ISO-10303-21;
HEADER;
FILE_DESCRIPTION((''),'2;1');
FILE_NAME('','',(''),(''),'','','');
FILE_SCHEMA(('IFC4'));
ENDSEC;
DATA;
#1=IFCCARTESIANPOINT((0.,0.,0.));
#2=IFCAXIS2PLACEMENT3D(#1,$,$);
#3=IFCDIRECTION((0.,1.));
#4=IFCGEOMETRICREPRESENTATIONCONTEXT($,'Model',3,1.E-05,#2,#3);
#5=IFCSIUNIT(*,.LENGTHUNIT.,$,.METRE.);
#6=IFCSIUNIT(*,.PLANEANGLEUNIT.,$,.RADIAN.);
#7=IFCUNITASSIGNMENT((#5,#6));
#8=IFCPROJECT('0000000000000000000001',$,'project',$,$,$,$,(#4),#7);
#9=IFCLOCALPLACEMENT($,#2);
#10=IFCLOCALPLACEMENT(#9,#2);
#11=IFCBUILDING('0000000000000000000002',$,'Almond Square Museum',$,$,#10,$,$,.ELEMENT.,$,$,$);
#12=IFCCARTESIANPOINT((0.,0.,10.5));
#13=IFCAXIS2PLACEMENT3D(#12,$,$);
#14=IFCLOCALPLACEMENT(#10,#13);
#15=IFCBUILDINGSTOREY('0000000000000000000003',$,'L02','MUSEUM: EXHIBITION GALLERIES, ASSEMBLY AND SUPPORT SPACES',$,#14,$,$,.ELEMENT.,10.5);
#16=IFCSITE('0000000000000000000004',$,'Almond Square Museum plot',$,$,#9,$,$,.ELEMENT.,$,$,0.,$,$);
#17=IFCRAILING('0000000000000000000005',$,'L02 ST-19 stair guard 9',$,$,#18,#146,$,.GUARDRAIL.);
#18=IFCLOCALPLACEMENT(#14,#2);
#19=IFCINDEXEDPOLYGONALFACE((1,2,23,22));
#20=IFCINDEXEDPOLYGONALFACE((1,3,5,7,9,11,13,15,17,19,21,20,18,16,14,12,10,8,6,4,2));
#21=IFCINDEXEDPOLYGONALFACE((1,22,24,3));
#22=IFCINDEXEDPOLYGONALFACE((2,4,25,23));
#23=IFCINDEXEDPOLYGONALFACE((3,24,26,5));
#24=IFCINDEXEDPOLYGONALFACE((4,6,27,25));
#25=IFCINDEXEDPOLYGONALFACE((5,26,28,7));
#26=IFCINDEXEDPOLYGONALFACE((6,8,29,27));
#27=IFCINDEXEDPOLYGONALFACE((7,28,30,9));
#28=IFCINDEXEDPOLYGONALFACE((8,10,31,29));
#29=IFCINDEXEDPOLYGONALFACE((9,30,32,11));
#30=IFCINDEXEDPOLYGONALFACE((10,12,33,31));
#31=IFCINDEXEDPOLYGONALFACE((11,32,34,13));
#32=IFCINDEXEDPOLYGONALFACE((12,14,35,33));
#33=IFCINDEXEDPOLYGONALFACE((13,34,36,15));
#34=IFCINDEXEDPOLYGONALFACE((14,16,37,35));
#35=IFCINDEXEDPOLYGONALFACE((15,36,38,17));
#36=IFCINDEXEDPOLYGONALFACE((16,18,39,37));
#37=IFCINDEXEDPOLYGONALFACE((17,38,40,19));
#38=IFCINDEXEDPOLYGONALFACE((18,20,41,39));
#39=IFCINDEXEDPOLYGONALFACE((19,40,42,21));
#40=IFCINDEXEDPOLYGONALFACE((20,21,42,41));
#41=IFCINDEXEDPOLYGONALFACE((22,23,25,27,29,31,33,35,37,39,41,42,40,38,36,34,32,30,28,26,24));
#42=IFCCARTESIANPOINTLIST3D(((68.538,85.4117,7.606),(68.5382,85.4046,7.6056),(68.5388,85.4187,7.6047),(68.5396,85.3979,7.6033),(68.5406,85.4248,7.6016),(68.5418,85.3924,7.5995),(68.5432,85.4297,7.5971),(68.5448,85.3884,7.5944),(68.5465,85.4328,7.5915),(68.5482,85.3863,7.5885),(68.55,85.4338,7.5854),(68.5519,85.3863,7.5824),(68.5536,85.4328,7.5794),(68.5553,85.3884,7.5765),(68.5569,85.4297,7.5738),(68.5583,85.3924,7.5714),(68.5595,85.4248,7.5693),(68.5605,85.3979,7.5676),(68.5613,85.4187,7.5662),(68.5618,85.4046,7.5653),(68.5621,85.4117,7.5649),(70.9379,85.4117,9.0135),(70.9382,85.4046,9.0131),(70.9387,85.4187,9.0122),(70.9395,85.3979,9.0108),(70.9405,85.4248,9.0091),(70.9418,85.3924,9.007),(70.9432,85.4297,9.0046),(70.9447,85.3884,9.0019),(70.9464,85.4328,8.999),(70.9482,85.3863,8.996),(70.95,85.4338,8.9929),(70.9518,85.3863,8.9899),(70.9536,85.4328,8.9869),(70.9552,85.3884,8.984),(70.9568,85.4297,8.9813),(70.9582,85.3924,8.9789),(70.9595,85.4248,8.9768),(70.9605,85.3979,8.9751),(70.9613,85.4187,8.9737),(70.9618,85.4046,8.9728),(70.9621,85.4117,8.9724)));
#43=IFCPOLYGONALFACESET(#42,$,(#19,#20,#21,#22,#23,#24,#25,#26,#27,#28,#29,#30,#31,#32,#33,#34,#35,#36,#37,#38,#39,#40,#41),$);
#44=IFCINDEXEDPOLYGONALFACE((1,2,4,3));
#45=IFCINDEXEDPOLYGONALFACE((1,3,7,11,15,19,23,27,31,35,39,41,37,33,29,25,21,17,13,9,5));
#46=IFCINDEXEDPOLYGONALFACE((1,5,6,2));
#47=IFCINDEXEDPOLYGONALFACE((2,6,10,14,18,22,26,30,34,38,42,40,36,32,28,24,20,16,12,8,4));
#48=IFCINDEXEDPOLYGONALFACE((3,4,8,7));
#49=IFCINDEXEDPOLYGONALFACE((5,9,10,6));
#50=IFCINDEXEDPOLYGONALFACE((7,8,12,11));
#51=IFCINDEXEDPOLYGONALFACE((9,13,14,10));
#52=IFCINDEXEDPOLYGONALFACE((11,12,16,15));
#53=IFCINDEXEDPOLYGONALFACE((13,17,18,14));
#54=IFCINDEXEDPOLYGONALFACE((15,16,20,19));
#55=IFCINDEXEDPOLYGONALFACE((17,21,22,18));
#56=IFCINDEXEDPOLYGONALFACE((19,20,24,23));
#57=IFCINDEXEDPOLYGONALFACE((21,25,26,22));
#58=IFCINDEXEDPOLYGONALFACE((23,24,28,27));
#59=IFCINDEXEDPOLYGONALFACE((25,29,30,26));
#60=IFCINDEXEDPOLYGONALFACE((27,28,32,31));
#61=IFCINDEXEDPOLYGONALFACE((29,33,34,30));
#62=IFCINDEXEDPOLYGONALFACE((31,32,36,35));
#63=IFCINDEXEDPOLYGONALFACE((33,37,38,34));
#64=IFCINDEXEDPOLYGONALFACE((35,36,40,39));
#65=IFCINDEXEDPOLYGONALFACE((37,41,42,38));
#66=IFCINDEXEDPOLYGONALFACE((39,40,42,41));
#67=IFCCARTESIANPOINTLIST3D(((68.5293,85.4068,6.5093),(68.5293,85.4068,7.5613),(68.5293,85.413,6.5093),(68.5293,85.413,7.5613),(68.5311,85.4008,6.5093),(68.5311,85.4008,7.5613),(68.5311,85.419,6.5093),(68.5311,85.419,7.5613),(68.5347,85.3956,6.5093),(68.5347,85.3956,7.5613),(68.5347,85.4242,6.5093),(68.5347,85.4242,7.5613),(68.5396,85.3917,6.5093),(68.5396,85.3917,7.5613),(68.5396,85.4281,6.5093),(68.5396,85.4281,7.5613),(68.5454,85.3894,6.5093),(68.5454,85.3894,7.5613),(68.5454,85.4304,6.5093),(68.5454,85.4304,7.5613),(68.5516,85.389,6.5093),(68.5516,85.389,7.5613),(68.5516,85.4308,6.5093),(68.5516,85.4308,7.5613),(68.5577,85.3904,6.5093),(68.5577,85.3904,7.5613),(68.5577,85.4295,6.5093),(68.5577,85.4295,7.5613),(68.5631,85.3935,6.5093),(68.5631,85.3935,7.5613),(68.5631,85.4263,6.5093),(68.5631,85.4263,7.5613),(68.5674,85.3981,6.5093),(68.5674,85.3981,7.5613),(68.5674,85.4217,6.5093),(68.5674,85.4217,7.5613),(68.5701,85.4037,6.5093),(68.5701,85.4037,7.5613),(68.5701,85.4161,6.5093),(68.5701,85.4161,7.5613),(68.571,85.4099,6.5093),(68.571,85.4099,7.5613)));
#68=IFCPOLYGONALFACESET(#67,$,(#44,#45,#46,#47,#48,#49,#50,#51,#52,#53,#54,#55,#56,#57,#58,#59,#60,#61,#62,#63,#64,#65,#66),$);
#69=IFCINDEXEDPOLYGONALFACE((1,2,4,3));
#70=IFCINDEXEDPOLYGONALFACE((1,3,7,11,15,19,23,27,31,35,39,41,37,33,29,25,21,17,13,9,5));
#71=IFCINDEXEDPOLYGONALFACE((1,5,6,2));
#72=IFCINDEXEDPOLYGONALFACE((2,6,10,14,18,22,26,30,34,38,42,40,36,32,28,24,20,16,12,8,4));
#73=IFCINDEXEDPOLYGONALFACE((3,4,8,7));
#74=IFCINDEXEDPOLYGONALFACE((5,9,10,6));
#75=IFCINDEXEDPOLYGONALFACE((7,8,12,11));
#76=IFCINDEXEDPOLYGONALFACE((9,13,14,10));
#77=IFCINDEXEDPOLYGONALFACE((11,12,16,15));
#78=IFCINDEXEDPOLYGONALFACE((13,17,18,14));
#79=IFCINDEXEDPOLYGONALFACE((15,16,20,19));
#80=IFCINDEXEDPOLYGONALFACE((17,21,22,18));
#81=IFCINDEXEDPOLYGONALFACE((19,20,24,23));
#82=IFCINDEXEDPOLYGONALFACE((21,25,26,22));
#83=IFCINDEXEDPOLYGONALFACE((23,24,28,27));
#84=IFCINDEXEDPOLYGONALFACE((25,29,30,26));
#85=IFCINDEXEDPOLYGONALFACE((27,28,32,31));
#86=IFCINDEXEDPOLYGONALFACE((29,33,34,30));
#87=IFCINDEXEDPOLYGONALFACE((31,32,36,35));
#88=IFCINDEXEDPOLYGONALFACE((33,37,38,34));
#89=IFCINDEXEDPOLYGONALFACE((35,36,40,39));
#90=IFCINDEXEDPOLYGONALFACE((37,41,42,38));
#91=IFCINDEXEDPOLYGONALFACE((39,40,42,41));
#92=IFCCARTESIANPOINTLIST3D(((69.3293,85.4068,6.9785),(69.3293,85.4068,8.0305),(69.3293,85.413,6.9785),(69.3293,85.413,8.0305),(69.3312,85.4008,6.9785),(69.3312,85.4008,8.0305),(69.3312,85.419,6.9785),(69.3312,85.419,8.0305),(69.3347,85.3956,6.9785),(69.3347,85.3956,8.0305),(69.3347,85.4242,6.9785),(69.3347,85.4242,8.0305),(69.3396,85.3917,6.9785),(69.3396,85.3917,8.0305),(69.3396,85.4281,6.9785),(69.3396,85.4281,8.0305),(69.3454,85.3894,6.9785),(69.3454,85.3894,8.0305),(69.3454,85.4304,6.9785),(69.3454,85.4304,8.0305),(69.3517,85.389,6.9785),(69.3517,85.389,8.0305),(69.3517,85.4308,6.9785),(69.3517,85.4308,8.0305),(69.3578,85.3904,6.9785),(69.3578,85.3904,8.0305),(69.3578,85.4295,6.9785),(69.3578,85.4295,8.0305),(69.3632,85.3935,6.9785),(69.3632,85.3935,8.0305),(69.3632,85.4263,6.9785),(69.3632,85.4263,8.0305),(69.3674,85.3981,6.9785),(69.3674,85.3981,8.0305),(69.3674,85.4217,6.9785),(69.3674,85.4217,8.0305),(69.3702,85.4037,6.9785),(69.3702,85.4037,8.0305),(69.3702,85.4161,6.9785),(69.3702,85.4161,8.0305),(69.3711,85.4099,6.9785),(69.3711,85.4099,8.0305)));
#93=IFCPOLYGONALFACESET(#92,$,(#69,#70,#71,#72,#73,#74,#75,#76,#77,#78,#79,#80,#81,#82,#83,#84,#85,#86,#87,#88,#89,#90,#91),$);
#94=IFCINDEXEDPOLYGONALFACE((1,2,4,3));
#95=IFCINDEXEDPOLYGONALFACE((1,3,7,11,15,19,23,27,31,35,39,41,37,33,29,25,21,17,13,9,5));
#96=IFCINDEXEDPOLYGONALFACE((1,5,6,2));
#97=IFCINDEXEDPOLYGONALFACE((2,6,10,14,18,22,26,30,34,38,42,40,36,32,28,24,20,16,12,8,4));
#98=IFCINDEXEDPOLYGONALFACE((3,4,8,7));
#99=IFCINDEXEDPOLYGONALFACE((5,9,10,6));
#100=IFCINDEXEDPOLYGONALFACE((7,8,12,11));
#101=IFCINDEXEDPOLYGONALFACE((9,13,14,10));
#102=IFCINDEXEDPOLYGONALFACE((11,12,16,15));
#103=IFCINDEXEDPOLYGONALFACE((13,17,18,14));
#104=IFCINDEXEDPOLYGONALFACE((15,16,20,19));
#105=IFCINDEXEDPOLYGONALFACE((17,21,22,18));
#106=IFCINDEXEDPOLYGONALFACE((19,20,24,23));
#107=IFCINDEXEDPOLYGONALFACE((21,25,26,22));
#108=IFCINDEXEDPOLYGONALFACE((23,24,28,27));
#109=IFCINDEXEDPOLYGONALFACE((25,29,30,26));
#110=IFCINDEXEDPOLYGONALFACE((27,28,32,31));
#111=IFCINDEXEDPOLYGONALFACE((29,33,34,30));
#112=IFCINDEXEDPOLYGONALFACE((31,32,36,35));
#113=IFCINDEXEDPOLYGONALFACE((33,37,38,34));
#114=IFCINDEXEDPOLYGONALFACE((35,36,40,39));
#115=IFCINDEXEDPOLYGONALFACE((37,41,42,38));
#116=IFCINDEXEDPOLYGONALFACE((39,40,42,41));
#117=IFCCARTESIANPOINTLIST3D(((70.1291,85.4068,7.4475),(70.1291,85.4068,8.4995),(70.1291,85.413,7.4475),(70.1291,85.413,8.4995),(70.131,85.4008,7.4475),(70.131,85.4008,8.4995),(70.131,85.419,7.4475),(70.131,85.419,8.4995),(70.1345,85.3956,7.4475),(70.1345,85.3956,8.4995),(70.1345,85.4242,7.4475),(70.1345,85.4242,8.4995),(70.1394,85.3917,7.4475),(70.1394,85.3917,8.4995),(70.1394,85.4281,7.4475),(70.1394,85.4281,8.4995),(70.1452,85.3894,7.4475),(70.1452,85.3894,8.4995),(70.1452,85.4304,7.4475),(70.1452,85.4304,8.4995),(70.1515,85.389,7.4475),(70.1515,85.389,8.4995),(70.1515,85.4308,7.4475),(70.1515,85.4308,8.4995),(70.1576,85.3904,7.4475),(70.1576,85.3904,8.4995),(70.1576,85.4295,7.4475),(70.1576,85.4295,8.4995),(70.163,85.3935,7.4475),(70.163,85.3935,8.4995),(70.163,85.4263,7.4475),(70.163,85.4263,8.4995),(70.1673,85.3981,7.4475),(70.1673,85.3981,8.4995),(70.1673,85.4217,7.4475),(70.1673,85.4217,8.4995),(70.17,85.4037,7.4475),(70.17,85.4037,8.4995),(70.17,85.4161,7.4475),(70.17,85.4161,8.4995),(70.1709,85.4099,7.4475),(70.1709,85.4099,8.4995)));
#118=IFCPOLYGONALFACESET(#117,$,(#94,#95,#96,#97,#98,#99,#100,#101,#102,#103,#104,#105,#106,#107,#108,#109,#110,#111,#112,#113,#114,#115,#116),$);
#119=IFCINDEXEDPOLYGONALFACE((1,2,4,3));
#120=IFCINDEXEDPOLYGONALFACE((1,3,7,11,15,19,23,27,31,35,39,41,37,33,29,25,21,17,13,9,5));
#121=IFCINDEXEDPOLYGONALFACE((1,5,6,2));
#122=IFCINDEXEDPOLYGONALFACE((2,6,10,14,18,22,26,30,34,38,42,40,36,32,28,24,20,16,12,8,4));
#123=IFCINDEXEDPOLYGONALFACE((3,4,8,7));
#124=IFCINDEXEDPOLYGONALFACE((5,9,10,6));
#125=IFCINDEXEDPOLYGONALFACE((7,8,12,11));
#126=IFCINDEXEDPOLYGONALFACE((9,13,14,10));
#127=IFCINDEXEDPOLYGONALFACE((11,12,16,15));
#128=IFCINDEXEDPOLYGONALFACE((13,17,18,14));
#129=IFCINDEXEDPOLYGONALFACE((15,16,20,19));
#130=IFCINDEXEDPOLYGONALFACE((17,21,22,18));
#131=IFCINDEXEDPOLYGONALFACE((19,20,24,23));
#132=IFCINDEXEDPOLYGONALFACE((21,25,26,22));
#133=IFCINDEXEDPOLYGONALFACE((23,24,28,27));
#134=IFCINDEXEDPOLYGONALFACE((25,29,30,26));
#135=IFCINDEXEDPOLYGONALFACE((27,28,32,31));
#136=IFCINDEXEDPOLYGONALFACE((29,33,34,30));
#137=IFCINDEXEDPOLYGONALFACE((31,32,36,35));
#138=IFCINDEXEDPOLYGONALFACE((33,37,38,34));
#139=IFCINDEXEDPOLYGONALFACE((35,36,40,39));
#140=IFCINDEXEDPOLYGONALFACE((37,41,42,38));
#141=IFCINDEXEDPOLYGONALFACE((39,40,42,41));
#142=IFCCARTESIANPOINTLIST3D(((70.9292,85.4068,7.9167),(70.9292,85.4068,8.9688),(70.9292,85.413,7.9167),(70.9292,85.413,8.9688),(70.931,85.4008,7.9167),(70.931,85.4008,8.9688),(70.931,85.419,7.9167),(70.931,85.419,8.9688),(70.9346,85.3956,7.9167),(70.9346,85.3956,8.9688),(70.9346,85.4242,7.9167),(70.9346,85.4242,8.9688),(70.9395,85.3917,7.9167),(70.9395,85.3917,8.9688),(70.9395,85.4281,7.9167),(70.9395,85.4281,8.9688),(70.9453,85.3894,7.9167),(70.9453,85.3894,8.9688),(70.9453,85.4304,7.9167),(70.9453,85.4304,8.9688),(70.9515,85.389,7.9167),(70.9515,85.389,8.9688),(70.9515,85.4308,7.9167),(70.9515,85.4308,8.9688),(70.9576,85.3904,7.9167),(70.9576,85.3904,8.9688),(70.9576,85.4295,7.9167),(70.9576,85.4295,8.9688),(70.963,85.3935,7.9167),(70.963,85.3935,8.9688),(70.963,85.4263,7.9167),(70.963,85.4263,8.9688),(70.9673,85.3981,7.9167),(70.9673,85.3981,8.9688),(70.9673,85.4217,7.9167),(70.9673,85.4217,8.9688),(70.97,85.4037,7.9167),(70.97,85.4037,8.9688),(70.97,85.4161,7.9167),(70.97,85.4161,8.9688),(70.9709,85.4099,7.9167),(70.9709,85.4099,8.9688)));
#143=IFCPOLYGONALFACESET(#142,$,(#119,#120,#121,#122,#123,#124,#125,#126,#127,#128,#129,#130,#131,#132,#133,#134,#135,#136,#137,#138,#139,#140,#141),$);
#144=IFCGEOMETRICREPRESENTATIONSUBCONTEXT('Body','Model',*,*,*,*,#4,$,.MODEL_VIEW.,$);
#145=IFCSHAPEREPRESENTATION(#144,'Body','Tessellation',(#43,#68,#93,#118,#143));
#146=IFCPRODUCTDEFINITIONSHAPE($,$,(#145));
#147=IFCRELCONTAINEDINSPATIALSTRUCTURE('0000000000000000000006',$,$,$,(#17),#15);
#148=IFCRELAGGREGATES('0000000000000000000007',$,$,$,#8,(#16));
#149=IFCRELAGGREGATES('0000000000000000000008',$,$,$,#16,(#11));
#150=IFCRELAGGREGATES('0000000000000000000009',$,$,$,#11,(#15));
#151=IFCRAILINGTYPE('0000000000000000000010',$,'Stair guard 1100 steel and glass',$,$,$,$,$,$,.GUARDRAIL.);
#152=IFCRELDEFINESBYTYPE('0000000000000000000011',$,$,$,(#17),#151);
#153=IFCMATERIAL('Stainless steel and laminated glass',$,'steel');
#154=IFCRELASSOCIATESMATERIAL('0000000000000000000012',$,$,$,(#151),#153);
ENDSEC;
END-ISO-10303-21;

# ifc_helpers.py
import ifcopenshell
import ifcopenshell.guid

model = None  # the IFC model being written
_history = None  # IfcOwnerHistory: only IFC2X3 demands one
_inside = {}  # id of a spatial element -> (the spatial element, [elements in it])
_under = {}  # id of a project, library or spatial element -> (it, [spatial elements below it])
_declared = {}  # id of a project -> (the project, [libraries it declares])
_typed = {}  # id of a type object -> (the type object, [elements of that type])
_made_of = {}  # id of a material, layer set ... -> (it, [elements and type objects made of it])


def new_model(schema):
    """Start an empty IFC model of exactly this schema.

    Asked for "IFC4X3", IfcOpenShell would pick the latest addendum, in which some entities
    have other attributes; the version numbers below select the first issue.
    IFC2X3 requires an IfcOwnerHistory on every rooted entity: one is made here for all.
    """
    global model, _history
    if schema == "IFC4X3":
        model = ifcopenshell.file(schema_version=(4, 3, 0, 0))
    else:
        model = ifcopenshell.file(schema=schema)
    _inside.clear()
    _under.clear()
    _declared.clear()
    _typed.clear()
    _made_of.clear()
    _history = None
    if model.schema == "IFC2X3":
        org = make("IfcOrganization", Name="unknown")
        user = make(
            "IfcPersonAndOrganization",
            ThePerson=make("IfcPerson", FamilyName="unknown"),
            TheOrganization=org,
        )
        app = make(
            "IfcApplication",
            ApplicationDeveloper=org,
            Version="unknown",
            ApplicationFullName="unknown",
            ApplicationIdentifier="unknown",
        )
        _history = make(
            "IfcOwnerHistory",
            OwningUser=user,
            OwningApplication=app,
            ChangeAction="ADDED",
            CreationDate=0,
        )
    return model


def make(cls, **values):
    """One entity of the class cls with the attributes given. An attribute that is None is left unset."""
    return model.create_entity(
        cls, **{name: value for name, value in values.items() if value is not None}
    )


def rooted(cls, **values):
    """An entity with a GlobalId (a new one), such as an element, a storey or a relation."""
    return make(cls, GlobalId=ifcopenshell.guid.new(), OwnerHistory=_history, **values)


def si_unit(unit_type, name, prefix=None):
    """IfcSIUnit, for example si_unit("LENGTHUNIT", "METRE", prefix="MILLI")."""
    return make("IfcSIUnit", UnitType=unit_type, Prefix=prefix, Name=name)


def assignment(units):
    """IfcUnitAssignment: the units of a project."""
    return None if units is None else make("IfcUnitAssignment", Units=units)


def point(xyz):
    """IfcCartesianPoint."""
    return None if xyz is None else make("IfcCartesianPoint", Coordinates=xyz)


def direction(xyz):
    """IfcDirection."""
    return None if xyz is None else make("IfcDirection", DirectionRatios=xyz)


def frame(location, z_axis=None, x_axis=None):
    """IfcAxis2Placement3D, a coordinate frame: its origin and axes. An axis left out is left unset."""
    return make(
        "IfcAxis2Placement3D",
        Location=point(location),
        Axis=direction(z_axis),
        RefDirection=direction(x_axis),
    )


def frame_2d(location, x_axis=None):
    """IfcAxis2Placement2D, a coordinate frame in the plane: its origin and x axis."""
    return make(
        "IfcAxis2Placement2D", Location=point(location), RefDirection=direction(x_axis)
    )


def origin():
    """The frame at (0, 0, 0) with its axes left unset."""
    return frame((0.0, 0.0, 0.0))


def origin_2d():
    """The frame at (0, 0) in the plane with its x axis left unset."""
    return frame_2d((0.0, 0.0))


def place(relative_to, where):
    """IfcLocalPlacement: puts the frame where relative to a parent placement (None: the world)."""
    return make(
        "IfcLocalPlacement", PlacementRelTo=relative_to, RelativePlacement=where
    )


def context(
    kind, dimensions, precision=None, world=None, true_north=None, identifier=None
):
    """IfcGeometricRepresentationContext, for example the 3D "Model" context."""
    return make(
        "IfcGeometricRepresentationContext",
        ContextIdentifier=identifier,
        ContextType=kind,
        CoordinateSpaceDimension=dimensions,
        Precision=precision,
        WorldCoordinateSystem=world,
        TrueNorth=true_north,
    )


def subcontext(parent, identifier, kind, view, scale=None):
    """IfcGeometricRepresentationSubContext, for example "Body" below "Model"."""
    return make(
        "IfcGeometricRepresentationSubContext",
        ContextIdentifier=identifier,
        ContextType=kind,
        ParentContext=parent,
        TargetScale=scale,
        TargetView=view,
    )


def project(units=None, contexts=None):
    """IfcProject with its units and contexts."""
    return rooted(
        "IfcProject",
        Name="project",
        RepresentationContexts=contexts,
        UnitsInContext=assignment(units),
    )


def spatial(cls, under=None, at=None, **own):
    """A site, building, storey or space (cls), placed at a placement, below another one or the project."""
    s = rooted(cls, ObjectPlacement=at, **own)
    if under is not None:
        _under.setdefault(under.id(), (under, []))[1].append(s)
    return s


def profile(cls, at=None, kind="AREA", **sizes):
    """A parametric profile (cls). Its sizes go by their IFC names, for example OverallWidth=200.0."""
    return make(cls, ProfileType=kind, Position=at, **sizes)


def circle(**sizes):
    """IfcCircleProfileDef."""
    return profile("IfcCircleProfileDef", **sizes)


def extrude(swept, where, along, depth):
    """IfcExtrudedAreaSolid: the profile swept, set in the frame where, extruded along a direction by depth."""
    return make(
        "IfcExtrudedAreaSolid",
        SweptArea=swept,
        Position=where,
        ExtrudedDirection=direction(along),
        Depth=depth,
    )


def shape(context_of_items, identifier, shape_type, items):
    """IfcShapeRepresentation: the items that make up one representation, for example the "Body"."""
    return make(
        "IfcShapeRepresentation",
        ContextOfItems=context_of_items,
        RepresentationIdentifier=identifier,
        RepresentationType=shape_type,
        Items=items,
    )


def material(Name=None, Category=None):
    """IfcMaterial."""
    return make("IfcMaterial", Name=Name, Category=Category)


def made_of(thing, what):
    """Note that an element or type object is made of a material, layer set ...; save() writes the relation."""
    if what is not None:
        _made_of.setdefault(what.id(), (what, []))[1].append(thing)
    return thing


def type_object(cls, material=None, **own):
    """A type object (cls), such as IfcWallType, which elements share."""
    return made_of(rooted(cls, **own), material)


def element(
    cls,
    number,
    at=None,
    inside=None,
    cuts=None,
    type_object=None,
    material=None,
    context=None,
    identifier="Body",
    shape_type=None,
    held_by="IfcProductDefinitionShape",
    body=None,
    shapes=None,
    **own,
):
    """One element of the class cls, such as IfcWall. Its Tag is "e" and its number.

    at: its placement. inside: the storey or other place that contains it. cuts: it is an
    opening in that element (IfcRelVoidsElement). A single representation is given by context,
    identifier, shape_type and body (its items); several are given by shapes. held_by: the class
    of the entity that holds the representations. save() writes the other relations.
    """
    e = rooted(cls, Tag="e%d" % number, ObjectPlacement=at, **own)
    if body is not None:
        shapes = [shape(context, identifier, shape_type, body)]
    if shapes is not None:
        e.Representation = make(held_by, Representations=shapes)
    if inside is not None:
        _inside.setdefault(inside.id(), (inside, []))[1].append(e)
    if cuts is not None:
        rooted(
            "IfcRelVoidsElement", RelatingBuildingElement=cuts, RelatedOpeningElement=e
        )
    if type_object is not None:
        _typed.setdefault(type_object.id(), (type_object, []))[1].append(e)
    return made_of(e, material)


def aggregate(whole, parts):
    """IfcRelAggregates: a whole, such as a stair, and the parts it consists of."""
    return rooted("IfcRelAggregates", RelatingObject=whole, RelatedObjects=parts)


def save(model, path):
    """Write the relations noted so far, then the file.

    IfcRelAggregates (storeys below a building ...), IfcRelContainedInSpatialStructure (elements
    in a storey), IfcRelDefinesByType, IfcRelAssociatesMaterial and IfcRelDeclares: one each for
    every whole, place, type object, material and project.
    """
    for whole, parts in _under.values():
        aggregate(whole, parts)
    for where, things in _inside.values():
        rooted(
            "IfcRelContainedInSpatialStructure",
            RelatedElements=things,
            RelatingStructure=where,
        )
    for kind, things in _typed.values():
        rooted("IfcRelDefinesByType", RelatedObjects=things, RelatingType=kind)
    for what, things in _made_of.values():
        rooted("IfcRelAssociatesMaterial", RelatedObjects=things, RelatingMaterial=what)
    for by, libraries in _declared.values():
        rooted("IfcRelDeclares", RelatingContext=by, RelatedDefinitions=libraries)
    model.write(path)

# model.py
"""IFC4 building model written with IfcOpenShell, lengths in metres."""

from ifc_helpers import new_model, si_unit, direction, frame, origin, origin_2d, place, context, subcontext, project, spatial, circle, extrude, material, type_object, element, save


model = new_model("IFC4")

# Units and contexts
model_context = context("Model", 3, precision=1e-05, world=origin(), true_north=direction((0.0, 1.0)))
body_context = subcontext(model_context, "Body", "Model", "MODEL_VIEW")
ifc_project = project(units=[si_unit("LENGTHUNIT", "METRE"), si_unit("PLANEANGLEUNIT", "RADIAN")], contexts=[model_context])

# Site, building, storey
site_placement = place(None, origin())
site = spatial("IfcSite", under=ifc_project, at=site_placement, Name="Almond Square Museum plot", CompositionType="ELEMENT", RefElevation=0.0)
building_placement = place(site_placement, origin())
building = spatial("IfcBuilding", under=site, at=building_placement, Name="Almond Square Museum", CompositionType="ELEMENT")
storey_placement = place(building_placement, frame((0.0, 0.0, 10.5)))
storey = spatial("IfcBuildingStorey", under=building, at=storey_placement, Name="L02", Description="MUSEUM: EXHIBITION GALLERIES, ASSEMBLY AND SUPPORT SPACES", CompositionType="ELEMENT", Elevation=10.5)

# Railing
ifc_material_1 = material(Name="Stainless steel and laminated glass", Category="steel")
railing_type_1 = type_object("IfcRailingType", Name="Stair guard 1100 steel and glass", PredefinedType="GUARDRAIL", material=ifc_material_1)
railing_1_placement = place(storey_placement, frame((68.55, 85.4099, 6.5093)))
element("IfcRailing", 1, at=railing_1_placement, inside=storey, type_object=railing_type_1, Name="L02 ST-19 stair guard 9", PredefinedType="GUARDRAIL", context=body_context, shape_type="SweptSolid", body=[
    extrude(circle(Radius=0.0239, at=origin_2d()), frame((0.0, 0.0, 1.0762), z_axis=(0.862599, 0.0, 0.505888), x_axis=(0.0, 1.0, 0.0)), (0.0, 0.0, 1.0), 2.7822),
    extrude(circle(Radius=0.021, at=origin_2d()), origin(), (0.0, 0.0, 1.0), 1.052),
    extrude(circle(Radius=0.021, at=origin_2d()), frame((0.8, 0.0, 0.4692)), (0.0, 0.0, 1.0), 1.052),
    extrude(circle(Radius=0.021, at=origin_2d()), frame((1.5999, 0.0, 0.9382)), (0.0, 0.0, 1.0), 1.052),
    extrude(circle(Radius=0.021, at=origin_2d()), frame((2.3999, 0.0, 1.4075)), (0.0, 0.0, 1.0), 1.052),
])

save(model, "model.ifc")
